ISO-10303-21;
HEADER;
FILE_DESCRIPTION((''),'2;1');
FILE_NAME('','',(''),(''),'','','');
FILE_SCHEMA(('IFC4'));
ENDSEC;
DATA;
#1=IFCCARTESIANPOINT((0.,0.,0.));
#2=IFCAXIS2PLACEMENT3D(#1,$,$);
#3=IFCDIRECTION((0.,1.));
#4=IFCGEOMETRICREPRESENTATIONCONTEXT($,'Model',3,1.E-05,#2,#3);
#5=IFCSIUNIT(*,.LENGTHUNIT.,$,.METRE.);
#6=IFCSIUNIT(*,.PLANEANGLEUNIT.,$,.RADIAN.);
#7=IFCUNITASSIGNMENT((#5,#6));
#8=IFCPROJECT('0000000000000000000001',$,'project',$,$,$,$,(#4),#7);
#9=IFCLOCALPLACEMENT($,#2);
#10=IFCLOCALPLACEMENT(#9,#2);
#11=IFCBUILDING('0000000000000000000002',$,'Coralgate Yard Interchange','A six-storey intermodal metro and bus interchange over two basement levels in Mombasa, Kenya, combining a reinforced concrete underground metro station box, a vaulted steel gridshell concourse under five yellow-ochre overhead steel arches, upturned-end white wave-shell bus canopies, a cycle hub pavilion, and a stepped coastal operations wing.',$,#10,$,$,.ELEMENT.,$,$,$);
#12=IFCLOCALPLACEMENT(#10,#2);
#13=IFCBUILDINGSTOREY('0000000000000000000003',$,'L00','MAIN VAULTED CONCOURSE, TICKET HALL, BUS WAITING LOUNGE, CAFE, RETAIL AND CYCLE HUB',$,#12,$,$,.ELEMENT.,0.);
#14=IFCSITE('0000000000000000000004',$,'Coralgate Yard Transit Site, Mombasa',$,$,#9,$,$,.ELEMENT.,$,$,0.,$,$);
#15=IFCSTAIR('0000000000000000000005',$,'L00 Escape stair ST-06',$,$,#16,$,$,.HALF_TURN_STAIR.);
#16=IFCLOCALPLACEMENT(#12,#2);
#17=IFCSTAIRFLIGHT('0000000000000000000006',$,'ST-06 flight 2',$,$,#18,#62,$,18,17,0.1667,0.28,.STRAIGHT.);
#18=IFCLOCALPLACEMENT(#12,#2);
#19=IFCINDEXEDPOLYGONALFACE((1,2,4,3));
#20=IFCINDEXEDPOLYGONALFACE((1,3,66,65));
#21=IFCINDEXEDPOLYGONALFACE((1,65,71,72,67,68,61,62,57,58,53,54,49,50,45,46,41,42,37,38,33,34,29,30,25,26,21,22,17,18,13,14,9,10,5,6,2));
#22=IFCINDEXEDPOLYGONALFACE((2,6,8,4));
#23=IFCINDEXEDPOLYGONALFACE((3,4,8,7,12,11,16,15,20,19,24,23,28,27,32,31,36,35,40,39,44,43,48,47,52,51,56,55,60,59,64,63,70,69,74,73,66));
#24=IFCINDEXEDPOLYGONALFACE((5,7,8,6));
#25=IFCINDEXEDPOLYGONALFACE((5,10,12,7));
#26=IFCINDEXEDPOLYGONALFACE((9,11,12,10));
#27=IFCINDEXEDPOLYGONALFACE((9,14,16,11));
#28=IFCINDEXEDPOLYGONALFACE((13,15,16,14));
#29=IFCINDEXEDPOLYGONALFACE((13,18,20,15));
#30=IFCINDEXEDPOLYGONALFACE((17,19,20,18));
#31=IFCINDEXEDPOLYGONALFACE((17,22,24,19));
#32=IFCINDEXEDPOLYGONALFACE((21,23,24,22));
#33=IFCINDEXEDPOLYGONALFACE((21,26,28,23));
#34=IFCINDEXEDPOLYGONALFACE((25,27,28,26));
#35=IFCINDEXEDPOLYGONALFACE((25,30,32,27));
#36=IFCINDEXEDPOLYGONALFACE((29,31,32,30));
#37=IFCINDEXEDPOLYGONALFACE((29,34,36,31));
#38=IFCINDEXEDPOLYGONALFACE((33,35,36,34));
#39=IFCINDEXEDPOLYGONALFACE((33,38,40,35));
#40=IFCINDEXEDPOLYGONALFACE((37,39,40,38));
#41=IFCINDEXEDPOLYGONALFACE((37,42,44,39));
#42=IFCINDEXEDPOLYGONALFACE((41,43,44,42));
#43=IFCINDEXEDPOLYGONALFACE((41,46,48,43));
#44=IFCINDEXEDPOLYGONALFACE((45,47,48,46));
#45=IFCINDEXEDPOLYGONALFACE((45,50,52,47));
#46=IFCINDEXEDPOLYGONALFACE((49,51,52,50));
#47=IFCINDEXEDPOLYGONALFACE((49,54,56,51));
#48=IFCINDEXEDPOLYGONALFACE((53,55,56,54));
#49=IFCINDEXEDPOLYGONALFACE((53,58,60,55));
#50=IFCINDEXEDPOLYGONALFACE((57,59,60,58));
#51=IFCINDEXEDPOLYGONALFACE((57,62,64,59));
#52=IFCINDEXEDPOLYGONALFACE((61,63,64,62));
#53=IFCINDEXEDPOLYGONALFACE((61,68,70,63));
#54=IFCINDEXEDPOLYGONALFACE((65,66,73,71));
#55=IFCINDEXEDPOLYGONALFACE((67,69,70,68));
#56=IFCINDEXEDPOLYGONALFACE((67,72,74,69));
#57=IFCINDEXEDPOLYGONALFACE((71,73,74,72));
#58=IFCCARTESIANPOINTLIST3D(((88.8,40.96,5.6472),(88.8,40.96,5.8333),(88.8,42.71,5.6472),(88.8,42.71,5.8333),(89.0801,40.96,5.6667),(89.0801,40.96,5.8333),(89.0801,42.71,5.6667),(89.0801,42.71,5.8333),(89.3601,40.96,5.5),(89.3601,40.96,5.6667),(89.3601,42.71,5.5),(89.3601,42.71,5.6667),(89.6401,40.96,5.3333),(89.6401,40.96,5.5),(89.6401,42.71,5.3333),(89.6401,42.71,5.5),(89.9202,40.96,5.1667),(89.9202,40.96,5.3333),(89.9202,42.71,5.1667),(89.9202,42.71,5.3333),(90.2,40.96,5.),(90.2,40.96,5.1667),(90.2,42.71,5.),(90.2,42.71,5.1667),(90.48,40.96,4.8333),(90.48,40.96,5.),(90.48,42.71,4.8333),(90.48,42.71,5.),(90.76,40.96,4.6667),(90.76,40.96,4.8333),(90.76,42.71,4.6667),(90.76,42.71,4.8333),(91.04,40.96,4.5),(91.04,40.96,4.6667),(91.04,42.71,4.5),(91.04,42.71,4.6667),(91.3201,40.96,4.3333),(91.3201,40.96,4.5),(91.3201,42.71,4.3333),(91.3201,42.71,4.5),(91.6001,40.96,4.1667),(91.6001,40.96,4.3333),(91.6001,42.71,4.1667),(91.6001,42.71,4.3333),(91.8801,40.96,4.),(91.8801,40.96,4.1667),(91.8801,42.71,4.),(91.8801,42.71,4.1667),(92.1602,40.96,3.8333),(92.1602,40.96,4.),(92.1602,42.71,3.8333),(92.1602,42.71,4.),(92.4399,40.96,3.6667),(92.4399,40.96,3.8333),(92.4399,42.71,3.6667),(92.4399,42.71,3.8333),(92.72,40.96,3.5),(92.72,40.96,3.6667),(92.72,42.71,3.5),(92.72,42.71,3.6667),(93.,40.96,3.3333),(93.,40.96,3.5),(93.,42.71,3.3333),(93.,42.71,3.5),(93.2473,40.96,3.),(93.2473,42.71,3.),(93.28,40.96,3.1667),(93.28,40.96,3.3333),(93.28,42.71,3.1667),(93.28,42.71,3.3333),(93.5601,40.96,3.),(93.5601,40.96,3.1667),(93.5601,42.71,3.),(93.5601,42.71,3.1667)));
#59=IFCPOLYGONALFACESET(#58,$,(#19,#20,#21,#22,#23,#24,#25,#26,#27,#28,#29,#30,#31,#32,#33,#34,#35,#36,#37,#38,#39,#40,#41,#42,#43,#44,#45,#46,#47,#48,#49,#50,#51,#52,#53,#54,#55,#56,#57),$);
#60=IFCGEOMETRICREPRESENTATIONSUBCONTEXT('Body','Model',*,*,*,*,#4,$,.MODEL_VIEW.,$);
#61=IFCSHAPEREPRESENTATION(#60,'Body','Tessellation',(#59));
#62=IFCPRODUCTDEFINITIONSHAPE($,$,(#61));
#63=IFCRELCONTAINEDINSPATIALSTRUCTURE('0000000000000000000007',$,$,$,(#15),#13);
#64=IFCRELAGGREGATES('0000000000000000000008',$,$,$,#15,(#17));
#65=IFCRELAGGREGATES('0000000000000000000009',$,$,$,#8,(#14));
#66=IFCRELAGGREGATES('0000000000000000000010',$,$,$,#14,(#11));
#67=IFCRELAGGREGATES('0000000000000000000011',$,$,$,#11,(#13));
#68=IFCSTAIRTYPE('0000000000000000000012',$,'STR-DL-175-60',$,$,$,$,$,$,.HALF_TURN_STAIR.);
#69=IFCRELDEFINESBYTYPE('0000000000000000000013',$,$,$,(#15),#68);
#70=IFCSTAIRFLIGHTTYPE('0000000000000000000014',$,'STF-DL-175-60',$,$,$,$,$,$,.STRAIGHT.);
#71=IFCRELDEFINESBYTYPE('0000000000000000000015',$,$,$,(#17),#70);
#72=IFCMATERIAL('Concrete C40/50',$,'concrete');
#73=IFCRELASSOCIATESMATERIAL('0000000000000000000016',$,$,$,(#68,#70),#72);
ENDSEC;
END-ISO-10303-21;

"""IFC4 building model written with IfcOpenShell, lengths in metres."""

from ifc_helpers import new_model, si_unit, direction, frame, origin, place, context, subcontext, project, spatial, polyline, outline, extrude, material, type_object, element, aggregate, save


model = new_model("IFC4")

# Units and contexts
model_context = context("Model", 3, precision=1e-05, world=origin(), true_north=direction((0.0, 1.0)))
body_context = subcontext(model_context, "Body", "Model", "MODEL_VIEW")
ifc_project = project(units=[si_unit("LENGTHUNIT", "METRE"), si_unit("PLANEANGLEUNIT", "RADIAN")], contexts=[model_context])

# Site, building, storey
site_placement = place(None, origin())
site = spatial("IfcSite", under=ifc_project, at=site_placement, Name="Coralgate Yard Transit Site, Mombasa", CompositionType="ELEMENT", RefElevation=0.0)
building_placement = place(site_placement, origin())
building = spatial("IfcBuilding", under=site, at=building_placement, Name="Coralgate Yard Interchange", Description="A six-storey intermodal metro and bus interchange over two basement levels in Mombasa, Kenya, combining a reinforced concrete underground metro station box, a vaulted steel gridshell concourse under five yellow-ochre overhead steel arches, upturned-end white wave-shell bus canopies, a cycle hub pavilion, and a stepped coastal operations wing.", CompositionType="ELEMENT")
storey_placement = place(building_placement, origin())
storey = spatial("IfcBuildingStorey", under=building, at=storey_placement, Name="L00", Description="MAIN VAULTED CONCOURSE, TICKET HALL, BUS WAITING LOUNGE, CAFE, RETAIL AND CYCLE HUB", CompositionType="ELEMENT", Elevation=0.0)

# Shared definitions
ifc_material_1 = material(Name="Concrete C40/50", Category="concrete")

# Stair, stair flight
stair_type = type_object("IfcStairType", Name="STR-DL-175-60", PredefinedType="HALF_TURN_STAIR", material=ifc_material_1)
stair_placement = place(storey_placement, origin())
stair = element("IfcStair", 1, at=stair_placement, inside=storey, type_object=stair_type, Name="L00 Escape stair ST-06", PredefinedType="HALF_TURN_STAIR")
stair_flight_type = type_object("IfcStairFlightType", Name="STF-DL-175-60", PredefinedType="STRAIGHT", material=ifc_material_1)
stair_flight_1_placement = place(storey_placement, frame((93.5601, 41.835, 3.0), z_axis=(0.0, 0.0, 1.0), x_axis=(-1.0, 0.0, 0.0)))
stair_flight_1 = element("IfcStairFlight", 2, at=stair_flight_1_placement, type_object=stair_flight_type, Name="ST-06 flight 2", NumberOfRisers=18, NumberOfTreads=17, PredefinedType="STRAIGHT", RiserHeight=0.1667, TreadLength=0.28, context=body_context, shape_type="SweptSolid", body=[
    extrude(outline(polyline([(0.0, 0.0), (0.0, 0.1667), (0.28, 0.1667), (0.28, 0.3333), (0.5601, 0.3333), (0.5601, 0.5), (0.8401, 0.5), (0.8401, 0.6667), (1.1201, 0.6667), (1.1201, 0.8333), (1.3999, 0.8333), (1.3999, 1.0), (1.6799, 1.0), (1.6799, 1.1667), (1.96, 1.1667), (1.96, 1.3333), (2.24, 1.3333), (2.24, 1.5), (2.52, 1.5), (2.52, 1.6667), (2.8, 1.6667), (2.8, 1.8333), (3.0801, 1.8333), (3.0801, 2.0), (3.3601, 2.0), (3.3601, 2.1667), (3.6399, 2.1667), (3.6399, 2.3333), (3.9199, 2.3333), (3.9199, 2.5), (4.2, 2.5), (4.2, 2.6667), (4.48, 2.6667), (4.48, 2.8333), (4.76, 2.8333), (4.76, 3.0), (4.76, 2.6472), (0.3127, 0.0), (0.0, 0.0)])), frame((0.0, 0.875, 0.0), z_axis=(0.0, -1.0, 0.0), x_axis=(1.0, 0.0, 0.0)), (0.0, 0.0, 1.0), 1.75),
])
aggregate(stair, [stair_flight_1])

save(model, "model.ifc")
